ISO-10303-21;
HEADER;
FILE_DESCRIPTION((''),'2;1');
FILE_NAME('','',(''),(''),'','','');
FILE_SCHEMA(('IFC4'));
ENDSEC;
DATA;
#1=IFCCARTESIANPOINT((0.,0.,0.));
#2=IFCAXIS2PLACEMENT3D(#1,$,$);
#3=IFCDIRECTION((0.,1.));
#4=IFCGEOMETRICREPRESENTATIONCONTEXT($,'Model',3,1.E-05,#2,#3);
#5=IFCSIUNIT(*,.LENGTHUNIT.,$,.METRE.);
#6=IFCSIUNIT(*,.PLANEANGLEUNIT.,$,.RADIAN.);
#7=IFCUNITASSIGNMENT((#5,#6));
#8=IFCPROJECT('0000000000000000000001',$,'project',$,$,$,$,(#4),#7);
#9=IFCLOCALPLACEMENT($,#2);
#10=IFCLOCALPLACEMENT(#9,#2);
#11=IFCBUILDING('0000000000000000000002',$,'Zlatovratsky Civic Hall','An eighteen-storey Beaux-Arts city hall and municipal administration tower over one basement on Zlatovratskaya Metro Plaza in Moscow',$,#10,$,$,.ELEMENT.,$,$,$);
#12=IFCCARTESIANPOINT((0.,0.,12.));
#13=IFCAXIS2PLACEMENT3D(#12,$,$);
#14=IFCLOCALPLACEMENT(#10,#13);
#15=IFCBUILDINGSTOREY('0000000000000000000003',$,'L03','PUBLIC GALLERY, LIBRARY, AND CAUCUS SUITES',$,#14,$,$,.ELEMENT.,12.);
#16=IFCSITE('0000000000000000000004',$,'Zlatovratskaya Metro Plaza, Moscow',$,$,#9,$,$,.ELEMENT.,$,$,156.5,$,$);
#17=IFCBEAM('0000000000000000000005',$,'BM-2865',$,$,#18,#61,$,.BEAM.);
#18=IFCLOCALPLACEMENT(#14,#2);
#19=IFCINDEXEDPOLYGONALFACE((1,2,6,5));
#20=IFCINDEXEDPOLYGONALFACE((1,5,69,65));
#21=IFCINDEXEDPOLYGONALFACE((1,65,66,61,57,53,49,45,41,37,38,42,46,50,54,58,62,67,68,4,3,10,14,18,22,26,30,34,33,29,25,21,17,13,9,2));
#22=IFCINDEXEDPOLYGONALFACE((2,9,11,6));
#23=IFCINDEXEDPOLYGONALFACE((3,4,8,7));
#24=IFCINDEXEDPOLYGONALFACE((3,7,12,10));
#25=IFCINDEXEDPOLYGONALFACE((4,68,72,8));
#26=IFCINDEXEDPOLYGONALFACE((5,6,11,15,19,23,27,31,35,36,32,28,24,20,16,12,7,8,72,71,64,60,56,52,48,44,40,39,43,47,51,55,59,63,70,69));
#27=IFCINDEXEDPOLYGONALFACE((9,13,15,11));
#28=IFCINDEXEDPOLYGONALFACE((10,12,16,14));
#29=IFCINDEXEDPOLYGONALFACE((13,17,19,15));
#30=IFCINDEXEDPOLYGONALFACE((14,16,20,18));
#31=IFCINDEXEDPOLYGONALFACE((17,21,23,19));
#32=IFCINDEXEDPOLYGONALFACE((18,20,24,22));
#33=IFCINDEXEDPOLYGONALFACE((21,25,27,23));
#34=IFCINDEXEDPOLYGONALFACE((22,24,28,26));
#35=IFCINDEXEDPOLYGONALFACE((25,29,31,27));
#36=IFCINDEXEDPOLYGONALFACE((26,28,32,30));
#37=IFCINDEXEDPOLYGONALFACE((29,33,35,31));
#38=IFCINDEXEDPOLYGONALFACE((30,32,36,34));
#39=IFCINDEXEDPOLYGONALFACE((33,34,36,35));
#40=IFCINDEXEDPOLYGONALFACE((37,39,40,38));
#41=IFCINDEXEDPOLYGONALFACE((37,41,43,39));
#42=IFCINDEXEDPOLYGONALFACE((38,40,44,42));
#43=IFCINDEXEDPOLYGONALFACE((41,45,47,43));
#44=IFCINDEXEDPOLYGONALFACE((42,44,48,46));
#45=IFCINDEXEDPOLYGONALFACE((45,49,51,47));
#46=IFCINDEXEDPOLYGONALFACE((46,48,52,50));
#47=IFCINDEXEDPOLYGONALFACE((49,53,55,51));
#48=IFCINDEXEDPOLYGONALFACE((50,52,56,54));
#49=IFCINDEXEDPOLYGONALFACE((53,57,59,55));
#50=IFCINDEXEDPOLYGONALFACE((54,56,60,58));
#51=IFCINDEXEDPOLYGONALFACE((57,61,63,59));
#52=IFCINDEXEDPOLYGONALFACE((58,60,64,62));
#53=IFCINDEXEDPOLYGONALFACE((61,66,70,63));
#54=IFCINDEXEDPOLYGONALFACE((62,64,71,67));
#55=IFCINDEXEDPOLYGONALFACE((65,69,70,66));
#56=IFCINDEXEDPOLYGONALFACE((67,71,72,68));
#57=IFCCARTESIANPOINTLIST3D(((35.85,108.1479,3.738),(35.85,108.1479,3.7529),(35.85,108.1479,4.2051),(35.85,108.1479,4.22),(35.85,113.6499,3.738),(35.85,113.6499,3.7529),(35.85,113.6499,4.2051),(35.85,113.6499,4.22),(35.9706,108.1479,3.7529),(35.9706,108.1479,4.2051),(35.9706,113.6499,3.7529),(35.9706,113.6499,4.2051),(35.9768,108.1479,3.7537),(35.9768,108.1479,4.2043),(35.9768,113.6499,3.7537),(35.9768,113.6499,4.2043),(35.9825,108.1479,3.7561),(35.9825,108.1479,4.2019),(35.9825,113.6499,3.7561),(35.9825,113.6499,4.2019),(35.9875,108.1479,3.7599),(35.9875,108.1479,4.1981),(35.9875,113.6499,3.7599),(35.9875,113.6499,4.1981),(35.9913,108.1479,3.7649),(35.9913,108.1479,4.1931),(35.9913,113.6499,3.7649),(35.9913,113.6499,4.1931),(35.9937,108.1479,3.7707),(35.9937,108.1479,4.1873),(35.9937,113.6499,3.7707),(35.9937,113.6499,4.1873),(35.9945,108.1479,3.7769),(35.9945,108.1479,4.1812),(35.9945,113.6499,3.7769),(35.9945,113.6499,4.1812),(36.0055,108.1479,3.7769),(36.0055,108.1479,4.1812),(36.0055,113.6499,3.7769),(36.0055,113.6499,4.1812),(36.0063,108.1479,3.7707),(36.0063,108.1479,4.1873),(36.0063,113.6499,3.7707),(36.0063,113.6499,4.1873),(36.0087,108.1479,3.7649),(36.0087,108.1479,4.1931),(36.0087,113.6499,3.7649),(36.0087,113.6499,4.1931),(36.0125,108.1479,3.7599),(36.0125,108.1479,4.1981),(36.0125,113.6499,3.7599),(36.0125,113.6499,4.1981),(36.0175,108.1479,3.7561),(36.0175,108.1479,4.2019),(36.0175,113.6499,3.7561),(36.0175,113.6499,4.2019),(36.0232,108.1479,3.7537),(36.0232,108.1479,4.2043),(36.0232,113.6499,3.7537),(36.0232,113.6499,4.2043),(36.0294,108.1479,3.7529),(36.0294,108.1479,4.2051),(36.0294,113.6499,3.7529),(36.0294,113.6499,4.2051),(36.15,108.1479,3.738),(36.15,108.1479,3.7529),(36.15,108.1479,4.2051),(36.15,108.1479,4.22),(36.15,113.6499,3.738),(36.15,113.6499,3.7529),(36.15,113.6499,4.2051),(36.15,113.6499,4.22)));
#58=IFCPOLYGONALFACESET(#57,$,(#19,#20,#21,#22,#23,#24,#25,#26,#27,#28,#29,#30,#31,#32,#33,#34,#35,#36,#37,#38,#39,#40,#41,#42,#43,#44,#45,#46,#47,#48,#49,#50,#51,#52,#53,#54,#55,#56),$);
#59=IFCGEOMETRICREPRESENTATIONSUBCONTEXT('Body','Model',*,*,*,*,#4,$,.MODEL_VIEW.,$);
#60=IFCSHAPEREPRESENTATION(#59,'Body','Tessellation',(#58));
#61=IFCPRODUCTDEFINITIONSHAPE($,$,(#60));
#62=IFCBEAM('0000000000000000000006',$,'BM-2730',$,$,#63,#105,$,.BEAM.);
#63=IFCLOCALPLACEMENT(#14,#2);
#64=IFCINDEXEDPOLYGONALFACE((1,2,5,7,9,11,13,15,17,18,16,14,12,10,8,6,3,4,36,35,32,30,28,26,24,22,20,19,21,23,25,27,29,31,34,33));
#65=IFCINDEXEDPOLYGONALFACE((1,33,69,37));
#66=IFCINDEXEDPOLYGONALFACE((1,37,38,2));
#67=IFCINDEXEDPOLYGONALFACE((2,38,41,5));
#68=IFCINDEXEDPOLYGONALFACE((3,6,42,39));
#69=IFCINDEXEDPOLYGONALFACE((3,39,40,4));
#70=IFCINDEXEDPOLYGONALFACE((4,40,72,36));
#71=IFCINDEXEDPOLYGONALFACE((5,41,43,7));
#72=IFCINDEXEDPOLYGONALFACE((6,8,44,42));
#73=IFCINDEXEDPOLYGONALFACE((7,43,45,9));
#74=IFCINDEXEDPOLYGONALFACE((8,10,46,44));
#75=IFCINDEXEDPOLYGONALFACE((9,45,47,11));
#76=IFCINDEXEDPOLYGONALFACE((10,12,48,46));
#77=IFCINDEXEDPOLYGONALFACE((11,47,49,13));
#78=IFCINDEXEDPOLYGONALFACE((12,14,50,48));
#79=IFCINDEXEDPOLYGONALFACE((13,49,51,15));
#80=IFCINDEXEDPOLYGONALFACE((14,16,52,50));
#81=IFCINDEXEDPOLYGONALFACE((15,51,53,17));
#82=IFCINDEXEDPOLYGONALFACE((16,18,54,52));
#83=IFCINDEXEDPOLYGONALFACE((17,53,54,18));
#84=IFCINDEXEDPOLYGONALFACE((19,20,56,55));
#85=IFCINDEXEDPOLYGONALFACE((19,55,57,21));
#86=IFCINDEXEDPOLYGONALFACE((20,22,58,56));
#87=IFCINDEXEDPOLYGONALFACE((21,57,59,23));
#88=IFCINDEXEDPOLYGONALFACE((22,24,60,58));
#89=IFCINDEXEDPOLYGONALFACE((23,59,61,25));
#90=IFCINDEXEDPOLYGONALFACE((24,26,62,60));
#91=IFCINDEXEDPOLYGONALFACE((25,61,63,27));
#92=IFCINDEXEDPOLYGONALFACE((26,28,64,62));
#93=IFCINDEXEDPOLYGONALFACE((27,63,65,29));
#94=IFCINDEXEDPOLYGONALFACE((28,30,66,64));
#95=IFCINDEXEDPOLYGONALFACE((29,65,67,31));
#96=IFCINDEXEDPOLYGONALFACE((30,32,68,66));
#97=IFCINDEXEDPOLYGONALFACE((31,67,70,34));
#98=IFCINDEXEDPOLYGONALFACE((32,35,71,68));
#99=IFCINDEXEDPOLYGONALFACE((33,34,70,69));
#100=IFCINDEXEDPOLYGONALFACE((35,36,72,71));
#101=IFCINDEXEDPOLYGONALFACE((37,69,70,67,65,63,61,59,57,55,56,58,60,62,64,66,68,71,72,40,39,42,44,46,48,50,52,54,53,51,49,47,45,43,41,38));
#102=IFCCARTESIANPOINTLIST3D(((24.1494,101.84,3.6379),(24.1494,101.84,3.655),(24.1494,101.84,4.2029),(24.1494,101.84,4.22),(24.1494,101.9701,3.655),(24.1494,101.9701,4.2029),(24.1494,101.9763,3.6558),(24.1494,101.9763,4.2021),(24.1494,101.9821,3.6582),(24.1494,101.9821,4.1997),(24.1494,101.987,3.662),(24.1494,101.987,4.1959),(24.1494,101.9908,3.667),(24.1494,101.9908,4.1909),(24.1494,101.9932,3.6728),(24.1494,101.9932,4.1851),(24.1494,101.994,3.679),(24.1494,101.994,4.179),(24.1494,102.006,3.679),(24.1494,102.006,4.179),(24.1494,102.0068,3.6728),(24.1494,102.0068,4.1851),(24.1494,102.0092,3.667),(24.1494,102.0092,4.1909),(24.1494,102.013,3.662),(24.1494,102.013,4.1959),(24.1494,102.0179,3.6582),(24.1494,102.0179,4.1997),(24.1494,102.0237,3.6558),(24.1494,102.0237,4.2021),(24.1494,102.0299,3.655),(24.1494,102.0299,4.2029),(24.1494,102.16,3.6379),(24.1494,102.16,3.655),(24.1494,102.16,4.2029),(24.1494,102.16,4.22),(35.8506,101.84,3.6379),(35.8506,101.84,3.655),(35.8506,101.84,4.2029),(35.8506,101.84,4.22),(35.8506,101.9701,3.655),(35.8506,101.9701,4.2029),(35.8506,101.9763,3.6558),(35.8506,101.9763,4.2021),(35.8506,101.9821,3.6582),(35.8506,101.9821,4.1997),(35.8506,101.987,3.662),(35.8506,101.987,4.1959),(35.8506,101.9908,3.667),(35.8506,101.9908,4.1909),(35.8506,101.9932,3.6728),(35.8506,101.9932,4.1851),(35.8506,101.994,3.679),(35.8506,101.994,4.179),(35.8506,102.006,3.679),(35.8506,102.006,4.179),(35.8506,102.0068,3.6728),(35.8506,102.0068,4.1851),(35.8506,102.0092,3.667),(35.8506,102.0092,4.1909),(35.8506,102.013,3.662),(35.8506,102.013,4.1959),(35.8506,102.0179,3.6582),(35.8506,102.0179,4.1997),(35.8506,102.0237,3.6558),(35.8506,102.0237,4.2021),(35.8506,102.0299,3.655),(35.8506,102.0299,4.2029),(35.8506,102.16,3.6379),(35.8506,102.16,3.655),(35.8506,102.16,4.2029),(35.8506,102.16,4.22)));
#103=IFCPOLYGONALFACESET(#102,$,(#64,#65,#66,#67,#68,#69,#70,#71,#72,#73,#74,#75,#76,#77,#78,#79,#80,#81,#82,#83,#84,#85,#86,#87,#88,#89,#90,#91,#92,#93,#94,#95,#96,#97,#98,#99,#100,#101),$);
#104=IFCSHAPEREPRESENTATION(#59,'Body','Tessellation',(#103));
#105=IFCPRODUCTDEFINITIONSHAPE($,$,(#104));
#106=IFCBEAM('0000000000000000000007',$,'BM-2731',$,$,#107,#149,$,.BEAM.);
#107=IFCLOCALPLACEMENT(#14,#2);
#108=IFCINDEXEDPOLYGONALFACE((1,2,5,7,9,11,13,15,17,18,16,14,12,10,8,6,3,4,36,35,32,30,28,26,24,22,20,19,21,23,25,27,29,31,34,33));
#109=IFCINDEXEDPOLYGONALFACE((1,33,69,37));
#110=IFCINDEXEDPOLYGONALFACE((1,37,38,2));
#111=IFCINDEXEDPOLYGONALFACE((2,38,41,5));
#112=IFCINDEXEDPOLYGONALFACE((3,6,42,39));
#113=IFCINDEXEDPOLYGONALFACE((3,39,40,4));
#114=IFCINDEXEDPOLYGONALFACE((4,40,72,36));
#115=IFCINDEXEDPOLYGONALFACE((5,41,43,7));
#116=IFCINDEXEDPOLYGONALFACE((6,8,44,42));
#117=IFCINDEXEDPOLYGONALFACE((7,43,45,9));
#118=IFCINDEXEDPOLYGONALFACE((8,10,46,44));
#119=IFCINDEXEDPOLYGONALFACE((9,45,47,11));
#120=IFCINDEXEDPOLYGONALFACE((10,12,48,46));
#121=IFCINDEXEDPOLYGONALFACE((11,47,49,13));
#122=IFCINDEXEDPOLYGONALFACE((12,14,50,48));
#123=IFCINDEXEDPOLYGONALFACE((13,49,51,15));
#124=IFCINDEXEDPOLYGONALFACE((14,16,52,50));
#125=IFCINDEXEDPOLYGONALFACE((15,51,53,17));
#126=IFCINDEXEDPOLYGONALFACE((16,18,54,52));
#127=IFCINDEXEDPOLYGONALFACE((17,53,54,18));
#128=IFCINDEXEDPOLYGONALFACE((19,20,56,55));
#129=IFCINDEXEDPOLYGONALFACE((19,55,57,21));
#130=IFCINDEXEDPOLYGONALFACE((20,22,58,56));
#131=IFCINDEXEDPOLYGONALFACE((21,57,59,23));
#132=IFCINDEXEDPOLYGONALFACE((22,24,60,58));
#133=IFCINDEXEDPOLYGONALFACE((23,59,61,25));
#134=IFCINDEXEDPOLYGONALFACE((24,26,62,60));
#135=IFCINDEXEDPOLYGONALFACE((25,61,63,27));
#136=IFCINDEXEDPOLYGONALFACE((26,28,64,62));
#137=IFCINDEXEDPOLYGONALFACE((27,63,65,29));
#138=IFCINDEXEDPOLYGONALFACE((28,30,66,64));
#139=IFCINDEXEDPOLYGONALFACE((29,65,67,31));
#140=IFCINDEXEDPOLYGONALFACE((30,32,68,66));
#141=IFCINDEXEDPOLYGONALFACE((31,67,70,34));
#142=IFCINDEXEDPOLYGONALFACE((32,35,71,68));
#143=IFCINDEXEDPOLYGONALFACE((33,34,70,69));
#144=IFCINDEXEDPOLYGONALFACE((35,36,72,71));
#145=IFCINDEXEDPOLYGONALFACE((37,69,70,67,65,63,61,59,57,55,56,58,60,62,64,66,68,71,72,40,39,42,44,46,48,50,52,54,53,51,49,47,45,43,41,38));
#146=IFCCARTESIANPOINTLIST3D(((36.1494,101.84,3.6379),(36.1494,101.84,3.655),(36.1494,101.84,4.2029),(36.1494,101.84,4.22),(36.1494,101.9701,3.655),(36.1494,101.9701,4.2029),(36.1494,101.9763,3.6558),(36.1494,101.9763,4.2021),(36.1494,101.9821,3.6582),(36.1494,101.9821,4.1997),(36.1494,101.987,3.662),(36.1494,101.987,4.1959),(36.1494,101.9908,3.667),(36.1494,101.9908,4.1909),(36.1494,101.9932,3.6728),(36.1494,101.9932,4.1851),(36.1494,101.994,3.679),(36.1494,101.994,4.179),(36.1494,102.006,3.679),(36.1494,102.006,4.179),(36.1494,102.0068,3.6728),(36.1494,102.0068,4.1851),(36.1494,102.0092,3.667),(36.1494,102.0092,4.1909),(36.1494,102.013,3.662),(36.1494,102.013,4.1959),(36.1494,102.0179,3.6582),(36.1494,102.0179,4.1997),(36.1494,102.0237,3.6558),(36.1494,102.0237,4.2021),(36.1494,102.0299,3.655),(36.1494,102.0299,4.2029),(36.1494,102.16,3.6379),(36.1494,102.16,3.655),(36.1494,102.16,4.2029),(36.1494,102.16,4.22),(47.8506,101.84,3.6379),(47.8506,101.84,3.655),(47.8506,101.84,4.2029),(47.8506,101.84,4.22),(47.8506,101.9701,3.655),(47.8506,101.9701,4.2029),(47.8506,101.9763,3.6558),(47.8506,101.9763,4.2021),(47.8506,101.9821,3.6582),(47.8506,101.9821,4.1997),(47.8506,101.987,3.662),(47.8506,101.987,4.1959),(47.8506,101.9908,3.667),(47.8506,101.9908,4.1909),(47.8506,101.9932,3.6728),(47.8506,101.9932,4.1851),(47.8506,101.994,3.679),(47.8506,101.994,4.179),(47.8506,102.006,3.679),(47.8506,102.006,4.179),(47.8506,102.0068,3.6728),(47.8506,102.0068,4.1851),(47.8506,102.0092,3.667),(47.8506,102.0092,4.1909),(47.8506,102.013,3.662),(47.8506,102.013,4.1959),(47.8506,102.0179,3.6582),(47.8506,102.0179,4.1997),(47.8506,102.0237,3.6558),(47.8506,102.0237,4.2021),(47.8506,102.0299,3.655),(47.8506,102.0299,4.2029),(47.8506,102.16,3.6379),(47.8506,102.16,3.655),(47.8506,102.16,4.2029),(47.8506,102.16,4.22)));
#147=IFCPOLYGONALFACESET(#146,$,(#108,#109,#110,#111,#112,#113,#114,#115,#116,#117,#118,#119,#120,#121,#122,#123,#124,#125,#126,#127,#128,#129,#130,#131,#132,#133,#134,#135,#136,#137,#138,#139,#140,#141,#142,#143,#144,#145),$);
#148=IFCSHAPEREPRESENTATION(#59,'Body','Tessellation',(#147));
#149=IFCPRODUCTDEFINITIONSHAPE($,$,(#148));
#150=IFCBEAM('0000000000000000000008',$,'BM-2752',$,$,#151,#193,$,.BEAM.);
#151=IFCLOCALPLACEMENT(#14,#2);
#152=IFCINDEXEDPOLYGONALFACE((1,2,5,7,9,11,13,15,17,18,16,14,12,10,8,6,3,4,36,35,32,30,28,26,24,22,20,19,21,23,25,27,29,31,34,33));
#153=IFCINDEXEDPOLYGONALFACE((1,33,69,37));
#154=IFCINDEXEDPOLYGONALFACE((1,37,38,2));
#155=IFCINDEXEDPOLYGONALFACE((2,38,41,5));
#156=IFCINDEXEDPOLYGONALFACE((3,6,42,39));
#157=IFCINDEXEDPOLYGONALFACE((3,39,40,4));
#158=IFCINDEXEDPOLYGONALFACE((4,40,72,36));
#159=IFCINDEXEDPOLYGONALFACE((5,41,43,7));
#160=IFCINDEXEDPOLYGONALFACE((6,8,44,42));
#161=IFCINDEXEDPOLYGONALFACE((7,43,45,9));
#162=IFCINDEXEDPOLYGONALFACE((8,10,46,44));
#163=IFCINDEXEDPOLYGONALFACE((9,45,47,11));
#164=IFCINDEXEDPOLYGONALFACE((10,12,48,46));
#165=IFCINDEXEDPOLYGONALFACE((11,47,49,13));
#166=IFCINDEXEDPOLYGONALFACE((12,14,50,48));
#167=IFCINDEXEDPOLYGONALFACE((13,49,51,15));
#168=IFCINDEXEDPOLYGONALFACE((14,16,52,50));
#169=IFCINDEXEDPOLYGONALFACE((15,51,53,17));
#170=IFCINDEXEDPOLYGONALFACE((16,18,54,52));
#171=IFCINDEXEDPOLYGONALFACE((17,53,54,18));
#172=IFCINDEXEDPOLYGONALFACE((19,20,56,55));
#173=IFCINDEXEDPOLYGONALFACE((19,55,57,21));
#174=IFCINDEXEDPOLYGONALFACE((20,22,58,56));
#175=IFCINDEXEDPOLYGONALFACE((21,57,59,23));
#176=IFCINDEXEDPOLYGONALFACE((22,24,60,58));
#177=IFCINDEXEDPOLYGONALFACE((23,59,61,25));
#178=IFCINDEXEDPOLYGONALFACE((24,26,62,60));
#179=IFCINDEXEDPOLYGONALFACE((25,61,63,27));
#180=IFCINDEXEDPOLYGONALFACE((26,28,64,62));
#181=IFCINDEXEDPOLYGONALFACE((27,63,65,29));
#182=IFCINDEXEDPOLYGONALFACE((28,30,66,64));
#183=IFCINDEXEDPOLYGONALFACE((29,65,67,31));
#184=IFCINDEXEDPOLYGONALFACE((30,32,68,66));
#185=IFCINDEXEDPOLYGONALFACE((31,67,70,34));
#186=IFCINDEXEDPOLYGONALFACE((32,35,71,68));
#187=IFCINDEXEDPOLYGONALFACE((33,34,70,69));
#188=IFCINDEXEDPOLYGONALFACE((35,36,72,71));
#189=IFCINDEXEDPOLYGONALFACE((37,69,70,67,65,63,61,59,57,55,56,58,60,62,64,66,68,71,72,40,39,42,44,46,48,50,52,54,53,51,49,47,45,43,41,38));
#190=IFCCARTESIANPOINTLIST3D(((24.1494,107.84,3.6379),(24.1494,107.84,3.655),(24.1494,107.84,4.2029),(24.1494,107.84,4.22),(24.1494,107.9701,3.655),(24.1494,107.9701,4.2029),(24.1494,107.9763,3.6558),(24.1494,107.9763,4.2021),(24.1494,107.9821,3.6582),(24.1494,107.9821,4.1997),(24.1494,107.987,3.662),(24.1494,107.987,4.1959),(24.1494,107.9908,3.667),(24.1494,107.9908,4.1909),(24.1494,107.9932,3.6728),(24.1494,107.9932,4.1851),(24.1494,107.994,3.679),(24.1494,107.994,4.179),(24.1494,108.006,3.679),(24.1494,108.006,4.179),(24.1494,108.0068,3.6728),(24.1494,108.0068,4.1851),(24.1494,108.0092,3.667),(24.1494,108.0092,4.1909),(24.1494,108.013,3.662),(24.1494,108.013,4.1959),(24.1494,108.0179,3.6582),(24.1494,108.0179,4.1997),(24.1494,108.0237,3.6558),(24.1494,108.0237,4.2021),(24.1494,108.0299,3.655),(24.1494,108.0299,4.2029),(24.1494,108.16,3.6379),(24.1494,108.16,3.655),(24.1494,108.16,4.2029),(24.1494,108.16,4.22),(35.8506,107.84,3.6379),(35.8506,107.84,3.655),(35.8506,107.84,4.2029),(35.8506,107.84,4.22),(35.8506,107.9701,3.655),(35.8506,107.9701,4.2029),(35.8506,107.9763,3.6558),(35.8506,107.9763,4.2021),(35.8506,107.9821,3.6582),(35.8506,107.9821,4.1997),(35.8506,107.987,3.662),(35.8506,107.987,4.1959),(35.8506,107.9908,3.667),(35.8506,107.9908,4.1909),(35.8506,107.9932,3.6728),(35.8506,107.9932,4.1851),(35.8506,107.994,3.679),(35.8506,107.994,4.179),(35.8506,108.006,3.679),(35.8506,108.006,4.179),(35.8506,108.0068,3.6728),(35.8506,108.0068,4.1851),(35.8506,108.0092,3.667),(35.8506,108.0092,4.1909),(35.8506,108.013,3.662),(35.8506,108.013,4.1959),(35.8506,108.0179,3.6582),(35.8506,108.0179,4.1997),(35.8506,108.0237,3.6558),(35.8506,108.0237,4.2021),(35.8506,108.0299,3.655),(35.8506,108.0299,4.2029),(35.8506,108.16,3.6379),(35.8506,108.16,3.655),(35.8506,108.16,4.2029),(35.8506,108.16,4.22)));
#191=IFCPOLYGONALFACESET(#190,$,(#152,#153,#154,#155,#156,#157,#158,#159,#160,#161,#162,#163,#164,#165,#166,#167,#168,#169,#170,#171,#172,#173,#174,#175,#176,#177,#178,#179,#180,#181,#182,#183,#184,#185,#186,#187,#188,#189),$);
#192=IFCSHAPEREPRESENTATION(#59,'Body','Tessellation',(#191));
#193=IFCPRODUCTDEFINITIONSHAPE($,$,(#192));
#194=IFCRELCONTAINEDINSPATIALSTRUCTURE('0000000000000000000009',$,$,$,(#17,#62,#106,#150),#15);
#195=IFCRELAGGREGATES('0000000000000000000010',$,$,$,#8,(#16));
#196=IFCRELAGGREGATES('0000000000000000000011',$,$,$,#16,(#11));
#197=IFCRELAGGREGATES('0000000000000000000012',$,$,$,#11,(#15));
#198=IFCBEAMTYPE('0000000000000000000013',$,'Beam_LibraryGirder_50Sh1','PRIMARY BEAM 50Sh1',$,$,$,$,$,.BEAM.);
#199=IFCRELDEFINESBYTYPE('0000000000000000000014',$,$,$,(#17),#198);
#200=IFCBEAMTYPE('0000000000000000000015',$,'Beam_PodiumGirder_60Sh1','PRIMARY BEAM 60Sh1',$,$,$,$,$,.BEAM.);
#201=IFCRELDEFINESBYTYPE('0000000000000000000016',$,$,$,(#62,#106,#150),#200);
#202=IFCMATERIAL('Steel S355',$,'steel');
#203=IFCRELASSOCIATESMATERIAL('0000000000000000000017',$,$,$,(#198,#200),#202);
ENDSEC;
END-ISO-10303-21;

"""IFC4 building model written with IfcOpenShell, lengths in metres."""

from ifc_helpers import new_model, si_unit, direction, frame, origin, origin_2d, place, context, subcontext, project, spatial, i_section, extrude, material, material_profile, profile_set, type_object, element, save


model = new_model("IFC4")

# Units and contexts
model_context = context("Model", 3, precision=1e-05, world=origin(), true_north=direction((0.0, 1.0)))
body_context = subcontext(model_context, "Body", "Model", "MODEL_VIEW")
ifc_project = project(units=[si_unit("LENGTHUNIT", "METRE"), si_unit("PLANEANGLEUNIT", "RADIAN")], contexts=[model_context])

# Site, building, storey
site_placement = place(None, origin())
site = spatial("IfcSite", under=ifc_project, at=site_placement, Name="Zlatovratskaya Metro Plaza, Moscow", CompositionType="ELEMENT", RefElevation=156.5)
building_placement = place(site_placement, origin())
building = spatial("IfcBuilding", under=site, at=building_placement, Name="Zlatovratsky Civic Hall", Description="An eighteen-storey Beaux-Arts city hall and municipal administration tower over one basement on Zlatovratskaya Metro Plaza in Moscow", CompositionType="ELEMENT")
storey_placement = place(building_placement, frame((0.0, 0.0, 12.0)))
storey = spatial("IfcBuildingStorey", under=building, at=storey_placement, Name="L03", Description="PUBLIC GALLERY, LIBRARY, AND CAUCUS SUITES", CompositionType="ELEMENT", Elevation=12.0)

# Shared definitions
ifc_material_1 = material(Name="Steel S355", Category="steel")

# Beams
ifc_material_profile_1 = material_profile(ifc_material_1, i_section(OverallWidth=0.3, OverallDepth=0.4819, WebThickness=0.011, FlangeThickness=0.0149, FilletRadius=0.0239, at=origin_2d()), Name="50Sh1")
ifc_profile_set_1 = profile_set([ifc_material_profile_1], Name="Steel S355")
beam_type_1 = type_object("IfcBeamType", Name="Beam_LibraryGirder_50Sh1", Description="PRIMARY BEAM 50Sh1", PredefinedType="BEAM", material=ifc_profile_set_1)
beam_1_placement = place(storey_placement, frame((36.0, 108.1479, 3.979), z_axis=(0.0, 1.0, 0.0), x_axis=(-1.0, 0.0, 0.0)))
element("IfcBeam", 1, at=beam_1_placement, inside=storey, type_object=beam_type_1, Name="BM-2865", PredefinedType="BEAM", context=body_context, shape_type="SweptSolid", body=[
    extrude(i_section(OverallWidth=0.3, OverallDepth=0.4819, WebThickness=0.011, FlangeThickness=0.0149, FilletRadius=0.0239, at=origin_2d()), origin(), (0.0, 0.0, 1.0), 5.502),
])
ifc_material_profile_2 = material_profile(ifc_material_1, i_section(OverallWidth=0.3201, OverallDepth=0.582, WebThickness=0.012, FlangeThickness=0.0171, FilletRadius=0.0239, at=origin_2d()), Name="60Sh1")
ifc_profile_set_2 = profile_set([ifc_material_profile_2], Name="Steel S355")
beam_type_2 = type_object("IfcBeamType", Name="Beam_PodiumGirder_60Sh1", Description="PRIMARY BEAM 60Sh1", PredefinedType="BEAM", material=ifc_profile_set_2)
for number, where, z_axis, x_axis, name in (
    (2, (24.1494, 102.0, 3.929), (1.0, 0.0, 0.0), (0.0, 1.0, 0.0), "BM-2730"),
    (3, (36.1494, 102.0, 3.929), (1.0, 0.0, 0.0), (0.0, 1.0, 0.0), "BM-2731"),
    (4, (24.1494, 108.0, 3.929), (1.0, 0.0, 0.0), (0.0, 1.0, 0.0), "BM-2752"),
):
    element("IfcBeam", number, at=place(storey_placement, frame(where, z_axis=z_axis, x_axis=x_axis)), inside=storey, type_object=beam_type_2, Name=name, PredefinedType="BEAM", context=body_context, shape_type="SweptSolid", body=[
        extrude(i_section(OverallWidth=0.3201, OverallDepth=0.582, WebThickness=0.012, FlangeThickness=0.0171, FilletRadius=0.0239, at=origin_2d()), origin(), (0.0, 0.0, 1.0), 11.7012),
    ])

save(model, "model.ifc")
